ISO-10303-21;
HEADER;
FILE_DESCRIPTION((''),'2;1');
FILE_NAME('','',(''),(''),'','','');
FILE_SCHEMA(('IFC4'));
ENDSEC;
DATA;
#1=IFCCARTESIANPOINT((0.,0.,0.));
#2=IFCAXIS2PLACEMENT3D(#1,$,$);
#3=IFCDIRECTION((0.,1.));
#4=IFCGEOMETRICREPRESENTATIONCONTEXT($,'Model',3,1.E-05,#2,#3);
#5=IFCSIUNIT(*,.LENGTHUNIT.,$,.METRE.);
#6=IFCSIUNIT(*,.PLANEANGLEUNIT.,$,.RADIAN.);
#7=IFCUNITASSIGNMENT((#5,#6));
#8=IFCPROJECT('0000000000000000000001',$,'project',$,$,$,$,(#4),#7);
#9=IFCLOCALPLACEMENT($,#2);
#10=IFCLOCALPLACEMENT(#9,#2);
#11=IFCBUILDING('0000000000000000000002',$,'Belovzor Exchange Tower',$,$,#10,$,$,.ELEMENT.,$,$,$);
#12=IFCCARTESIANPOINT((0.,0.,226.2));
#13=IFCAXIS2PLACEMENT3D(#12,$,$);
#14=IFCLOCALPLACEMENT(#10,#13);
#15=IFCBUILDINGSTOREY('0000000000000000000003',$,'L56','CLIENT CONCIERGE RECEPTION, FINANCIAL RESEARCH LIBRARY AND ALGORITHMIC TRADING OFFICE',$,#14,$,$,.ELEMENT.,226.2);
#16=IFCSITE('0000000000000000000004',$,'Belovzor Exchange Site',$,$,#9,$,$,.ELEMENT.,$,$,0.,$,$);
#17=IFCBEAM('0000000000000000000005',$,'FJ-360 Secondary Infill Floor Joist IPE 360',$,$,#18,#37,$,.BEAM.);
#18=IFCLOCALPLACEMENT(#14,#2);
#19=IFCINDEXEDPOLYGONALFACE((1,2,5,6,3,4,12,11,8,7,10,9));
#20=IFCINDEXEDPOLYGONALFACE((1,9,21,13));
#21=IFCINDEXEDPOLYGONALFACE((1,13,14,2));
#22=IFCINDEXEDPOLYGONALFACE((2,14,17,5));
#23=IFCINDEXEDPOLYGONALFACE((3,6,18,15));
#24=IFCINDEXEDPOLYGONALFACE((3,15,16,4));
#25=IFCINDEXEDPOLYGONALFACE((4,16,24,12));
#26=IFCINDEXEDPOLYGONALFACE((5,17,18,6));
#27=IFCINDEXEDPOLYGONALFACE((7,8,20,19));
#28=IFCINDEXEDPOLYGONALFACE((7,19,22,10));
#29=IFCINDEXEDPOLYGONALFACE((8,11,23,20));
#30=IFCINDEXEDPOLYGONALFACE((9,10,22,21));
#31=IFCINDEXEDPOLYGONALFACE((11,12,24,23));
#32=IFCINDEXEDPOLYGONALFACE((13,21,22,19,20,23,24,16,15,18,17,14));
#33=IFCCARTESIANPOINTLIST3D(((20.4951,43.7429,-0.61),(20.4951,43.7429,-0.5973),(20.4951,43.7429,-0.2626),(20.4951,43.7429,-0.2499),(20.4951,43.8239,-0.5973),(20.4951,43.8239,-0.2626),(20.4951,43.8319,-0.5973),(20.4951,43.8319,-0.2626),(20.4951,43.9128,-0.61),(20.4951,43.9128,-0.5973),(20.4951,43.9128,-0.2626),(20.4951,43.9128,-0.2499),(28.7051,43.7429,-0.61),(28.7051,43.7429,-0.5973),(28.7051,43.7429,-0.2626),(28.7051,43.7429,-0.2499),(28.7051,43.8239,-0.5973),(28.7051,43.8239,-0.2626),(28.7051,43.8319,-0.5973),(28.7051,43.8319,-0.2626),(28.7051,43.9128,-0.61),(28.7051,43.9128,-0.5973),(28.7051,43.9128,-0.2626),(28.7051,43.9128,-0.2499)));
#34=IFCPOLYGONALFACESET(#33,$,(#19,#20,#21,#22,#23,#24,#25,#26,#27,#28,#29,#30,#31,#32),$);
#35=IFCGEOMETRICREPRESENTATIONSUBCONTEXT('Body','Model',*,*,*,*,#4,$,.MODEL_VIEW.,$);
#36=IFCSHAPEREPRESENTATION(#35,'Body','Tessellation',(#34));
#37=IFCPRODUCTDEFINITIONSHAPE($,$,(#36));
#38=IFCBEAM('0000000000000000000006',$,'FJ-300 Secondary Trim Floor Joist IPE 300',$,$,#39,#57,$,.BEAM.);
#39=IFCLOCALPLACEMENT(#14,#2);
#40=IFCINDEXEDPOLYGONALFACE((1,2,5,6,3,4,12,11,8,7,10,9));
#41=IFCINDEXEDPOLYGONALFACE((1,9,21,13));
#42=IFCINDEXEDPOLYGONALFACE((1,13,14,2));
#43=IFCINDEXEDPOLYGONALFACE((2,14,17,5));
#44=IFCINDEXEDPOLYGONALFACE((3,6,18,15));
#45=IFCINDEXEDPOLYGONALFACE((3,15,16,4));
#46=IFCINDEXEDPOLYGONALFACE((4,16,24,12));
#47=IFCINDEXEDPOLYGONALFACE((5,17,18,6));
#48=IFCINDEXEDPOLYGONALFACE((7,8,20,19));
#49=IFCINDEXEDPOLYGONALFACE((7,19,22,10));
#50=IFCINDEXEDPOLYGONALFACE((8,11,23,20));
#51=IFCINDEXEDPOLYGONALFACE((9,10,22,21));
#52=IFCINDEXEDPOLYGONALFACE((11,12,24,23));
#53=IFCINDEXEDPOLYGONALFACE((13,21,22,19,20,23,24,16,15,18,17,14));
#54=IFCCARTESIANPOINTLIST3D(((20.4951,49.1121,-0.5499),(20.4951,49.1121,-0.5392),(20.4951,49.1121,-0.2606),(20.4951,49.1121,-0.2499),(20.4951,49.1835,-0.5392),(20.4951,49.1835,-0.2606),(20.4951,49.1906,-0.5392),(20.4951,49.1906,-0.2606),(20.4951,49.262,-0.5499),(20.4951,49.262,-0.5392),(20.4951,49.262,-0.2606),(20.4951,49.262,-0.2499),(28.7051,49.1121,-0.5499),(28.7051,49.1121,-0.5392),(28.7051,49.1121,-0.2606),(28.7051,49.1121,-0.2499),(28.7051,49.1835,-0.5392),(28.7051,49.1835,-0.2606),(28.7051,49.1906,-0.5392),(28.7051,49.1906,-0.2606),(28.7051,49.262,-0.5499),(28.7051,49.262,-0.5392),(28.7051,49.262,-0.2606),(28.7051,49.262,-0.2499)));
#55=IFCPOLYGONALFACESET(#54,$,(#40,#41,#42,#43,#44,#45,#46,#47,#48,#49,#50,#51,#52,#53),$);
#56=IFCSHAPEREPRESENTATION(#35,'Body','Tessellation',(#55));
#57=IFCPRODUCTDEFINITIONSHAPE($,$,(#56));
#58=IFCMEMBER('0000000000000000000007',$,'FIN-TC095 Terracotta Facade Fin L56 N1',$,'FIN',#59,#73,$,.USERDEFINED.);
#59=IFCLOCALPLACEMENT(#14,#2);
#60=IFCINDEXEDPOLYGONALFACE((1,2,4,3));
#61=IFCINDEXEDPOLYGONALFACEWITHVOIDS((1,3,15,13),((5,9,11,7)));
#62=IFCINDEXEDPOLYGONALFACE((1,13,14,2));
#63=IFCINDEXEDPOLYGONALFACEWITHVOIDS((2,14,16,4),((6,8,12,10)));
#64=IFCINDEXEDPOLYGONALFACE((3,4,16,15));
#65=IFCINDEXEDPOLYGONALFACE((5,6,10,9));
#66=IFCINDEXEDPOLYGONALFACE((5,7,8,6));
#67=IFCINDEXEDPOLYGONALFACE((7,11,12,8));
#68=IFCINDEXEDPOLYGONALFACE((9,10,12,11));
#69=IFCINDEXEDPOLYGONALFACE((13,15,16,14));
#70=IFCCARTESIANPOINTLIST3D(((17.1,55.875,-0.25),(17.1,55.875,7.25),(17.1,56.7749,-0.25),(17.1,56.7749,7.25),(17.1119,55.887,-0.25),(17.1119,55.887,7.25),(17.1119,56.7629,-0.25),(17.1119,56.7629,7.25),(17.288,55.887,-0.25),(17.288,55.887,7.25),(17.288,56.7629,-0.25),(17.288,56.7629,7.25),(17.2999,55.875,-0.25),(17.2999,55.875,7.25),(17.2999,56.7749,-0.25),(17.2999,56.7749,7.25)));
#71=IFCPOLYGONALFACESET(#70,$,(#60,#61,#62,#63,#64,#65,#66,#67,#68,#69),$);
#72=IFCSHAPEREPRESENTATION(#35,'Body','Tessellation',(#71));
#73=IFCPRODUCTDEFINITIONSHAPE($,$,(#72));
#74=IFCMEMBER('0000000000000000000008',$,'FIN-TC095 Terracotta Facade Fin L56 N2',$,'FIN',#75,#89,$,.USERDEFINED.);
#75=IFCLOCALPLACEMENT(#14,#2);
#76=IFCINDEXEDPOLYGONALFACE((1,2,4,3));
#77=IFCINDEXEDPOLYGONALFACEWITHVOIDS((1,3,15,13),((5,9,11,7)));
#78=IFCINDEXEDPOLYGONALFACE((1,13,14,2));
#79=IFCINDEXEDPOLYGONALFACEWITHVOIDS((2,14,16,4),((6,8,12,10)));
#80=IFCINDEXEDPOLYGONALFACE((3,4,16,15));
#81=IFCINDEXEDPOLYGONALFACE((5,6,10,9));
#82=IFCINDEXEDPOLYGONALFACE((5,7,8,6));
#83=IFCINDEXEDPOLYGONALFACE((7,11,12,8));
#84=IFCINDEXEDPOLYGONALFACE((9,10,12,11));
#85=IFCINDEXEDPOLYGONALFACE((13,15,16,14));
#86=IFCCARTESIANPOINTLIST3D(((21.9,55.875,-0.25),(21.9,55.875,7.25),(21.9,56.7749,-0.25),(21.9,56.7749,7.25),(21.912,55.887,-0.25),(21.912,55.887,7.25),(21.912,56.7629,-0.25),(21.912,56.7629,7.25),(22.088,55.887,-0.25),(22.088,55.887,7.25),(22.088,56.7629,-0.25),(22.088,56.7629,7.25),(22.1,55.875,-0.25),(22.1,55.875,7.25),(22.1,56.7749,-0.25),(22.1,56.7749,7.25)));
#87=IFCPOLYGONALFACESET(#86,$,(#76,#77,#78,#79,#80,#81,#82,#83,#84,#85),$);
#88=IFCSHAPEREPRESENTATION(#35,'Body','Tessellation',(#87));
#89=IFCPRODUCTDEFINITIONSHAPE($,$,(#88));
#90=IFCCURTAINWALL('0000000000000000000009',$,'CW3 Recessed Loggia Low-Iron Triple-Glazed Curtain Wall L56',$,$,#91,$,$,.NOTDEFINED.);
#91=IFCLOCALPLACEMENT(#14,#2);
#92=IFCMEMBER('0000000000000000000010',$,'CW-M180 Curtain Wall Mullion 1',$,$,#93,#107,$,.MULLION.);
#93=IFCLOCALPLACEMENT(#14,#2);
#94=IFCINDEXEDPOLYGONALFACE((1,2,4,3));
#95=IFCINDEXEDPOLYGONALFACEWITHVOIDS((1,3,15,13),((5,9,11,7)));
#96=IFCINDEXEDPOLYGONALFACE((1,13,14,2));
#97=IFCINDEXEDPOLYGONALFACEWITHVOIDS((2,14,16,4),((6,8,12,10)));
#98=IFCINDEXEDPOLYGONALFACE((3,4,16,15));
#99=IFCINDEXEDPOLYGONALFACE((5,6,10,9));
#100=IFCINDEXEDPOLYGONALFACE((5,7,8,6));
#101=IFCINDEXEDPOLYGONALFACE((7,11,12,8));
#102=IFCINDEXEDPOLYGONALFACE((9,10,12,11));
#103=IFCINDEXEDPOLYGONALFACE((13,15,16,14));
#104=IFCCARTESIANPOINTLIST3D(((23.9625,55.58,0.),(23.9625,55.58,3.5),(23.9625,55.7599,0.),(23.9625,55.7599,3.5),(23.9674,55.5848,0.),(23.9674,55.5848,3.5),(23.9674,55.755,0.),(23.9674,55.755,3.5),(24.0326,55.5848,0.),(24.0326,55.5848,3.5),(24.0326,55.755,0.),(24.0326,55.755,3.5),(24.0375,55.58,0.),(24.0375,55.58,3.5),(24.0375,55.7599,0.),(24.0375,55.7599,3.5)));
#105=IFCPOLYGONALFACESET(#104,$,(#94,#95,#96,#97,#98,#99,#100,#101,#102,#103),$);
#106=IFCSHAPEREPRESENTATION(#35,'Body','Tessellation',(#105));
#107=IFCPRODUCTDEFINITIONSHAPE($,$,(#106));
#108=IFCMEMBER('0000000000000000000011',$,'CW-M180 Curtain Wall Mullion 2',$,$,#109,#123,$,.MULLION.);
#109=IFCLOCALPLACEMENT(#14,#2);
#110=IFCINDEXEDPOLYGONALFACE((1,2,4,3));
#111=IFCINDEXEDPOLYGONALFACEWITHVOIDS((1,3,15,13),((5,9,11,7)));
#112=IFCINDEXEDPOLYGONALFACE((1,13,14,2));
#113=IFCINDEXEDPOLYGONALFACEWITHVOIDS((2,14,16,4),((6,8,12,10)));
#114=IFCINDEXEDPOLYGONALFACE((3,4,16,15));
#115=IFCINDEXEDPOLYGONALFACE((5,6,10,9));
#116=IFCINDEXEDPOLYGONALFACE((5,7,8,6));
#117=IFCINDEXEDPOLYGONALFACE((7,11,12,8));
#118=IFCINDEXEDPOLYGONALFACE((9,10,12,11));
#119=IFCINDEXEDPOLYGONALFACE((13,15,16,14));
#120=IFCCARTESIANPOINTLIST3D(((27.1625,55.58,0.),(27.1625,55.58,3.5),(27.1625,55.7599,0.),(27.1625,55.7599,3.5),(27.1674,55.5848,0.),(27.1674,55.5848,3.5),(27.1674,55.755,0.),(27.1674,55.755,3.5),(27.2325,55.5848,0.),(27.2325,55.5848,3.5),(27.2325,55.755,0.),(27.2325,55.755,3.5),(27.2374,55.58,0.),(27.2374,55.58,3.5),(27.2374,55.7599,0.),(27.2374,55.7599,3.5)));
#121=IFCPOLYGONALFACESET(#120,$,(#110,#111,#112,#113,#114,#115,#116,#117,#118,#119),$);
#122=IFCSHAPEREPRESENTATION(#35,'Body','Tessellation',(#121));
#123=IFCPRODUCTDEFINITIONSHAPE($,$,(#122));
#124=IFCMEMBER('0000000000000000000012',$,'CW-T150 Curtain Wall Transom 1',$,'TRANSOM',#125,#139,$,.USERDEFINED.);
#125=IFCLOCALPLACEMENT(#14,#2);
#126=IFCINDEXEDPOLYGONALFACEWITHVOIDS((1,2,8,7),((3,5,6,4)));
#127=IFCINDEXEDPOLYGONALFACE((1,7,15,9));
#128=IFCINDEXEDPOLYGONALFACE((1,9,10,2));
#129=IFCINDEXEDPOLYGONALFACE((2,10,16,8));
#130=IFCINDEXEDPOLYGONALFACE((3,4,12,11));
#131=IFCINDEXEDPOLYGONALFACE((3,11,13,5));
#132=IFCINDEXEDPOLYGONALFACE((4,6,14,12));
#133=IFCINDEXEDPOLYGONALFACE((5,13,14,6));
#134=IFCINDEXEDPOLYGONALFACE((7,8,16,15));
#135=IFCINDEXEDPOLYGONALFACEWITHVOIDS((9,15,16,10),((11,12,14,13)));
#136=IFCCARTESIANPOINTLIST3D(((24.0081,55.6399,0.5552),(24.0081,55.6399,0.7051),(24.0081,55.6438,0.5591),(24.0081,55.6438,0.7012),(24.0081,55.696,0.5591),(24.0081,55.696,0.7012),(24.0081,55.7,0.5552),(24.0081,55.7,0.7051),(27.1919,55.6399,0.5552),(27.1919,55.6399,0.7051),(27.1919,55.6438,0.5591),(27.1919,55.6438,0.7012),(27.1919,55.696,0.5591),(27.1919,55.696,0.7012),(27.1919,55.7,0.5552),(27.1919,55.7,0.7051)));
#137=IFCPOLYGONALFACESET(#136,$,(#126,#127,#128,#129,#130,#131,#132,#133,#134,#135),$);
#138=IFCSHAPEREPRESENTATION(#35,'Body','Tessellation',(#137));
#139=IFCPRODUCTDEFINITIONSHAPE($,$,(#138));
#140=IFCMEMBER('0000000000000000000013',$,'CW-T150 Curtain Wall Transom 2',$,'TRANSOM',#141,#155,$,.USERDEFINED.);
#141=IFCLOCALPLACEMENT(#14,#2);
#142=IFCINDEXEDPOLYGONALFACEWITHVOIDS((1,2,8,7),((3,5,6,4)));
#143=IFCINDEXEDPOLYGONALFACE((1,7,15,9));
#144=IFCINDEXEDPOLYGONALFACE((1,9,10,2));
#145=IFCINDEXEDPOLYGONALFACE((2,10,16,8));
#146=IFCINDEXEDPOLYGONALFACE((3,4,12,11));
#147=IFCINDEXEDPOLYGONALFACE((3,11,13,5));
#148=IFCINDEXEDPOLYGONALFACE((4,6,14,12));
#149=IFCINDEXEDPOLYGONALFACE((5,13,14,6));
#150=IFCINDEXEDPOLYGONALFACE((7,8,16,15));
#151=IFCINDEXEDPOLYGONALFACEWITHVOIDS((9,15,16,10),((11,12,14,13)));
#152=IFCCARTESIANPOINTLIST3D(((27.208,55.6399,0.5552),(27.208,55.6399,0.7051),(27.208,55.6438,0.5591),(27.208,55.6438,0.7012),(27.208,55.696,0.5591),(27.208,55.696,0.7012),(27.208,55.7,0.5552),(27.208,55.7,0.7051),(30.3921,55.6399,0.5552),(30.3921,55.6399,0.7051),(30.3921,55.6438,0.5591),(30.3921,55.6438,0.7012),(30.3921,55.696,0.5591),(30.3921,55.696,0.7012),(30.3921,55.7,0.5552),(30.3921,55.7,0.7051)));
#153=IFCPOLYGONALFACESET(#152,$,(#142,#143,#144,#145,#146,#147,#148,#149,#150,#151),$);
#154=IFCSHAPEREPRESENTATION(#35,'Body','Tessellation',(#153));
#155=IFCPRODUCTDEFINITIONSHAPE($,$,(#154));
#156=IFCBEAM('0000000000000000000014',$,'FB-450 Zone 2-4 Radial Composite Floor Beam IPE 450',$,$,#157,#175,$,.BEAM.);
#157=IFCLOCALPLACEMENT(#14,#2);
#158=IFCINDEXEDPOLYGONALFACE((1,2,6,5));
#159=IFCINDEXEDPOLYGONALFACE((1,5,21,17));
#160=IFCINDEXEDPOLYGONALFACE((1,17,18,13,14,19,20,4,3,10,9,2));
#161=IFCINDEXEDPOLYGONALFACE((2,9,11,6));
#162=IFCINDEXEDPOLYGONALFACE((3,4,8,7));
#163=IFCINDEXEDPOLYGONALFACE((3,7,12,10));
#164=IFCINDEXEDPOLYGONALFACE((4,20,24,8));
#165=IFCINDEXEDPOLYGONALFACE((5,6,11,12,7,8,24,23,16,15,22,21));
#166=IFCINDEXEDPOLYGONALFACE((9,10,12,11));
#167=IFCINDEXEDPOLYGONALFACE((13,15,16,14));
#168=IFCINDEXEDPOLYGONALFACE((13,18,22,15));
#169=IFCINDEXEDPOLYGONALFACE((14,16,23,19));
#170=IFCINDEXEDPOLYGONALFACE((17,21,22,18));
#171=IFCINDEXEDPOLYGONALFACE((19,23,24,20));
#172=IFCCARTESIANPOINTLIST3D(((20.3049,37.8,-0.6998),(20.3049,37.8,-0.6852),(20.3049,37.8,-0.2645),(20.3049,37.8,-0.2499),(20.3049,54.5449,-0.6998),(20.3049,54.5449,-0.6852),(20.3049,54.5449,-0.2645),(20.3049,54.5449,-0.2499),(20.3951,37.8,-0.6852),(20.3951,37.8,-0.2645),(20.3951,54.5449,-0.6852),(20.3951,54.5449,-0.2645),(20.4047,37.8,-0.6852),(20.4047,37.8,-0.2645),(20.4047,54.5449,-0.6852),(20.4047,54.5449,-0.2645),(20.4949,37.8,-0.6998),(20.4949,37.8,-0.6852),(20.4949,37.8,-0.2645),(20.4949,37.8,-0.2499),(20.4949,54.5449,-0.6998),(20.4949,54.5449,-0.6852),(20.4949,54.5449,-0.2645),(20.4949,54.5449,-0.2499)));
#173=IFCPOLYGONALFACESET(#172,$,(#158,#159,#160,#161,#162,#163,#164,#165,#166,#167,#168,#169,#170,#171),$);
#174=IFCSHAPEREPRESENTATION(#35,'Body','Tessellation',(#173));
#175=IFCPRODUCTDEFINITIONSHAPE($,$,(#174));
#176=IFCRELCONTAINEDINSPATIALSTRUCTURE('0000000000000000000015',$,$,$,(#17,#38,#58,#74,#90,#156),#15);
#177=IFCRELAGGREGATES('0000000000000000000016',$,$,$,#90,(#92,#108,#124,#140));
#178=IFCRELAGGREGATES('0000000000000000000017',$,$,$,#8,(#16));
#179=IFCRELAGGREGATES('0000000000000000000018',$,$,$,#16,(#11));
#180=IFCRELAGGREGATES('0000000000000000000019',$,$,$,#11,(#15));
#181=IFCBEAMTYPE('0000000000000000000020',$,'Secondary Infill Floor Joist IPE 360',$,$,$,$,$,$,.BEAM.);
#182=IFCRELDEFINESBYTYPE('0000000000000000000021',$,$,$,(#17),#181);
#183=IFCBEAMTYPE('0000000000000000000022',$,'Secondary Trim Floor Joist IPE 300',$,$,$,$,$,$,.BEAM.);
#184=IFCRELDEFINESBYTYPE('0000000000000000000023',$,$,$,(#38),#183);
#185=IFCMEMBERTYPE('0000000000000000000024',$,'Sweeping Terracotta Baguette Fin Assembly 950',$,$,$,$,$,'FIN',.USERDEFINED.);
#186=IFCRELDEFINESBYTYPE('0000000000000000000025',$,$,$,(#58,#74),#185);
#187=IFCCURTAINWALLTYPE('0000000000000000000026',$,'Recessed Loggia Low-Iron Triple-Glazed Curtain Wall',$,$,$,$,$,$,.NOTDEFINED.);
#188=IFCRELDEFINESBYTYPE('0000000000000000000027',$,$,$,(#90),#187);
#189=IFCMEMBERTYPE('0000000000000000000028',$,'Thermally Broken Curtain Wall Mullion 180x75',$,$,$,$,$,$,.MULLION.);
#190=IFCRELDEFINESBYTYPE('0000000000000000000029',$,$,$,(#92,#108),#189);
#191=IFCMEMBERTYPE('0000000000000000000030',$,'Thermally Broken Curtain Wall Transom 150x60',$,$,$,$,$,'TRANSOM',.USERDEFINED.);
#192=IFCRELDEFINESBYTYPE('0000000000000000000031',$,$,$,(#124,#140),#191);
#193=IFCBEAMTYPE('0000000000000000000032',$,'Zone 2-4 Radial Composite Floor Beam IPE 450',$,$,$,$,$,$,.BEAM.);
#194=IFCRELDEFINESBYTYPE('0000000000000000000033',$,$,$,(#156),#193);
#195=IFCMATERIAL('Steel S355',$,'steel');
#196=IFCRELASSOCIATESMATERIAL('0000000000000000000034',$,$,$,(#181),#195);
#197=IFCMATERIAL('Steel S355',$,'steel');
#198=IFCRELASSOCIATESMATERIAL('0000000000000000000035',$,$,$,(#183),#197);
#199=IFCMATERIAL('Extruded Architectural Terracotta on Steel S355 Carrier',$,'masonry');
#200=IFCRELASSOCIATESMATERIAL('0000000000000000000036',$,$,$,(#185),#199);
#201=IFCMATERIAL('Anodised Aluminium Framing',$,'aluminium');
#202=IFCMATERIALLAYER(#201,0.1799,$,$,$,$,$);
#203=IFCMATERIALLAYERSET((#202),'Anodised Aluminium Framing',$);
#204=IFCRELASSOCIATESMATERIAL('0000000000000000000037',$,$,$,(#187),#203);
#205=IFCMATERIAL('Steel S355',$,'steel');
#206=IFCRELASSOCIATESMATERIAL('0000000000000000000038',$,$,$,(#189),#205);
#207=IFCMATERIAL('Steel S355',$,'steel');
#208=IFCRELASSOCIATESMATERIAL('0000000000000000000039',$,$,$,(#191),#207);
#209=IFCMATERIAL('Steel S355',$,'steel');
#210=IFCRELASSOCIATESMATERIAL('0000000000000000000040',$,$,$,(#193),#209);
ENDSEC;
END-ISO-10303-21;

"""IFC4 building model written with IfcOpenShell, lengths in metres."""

from ifc_helpers import new_model, si_unit, direction, frame, origin, origin_2d, place, context, subcontext, project, spatial, hollow_rectangle, i_section, extrude, material, layer, layer_set, material_profile, profile_set, type_object, element, aggregate, save


model = new_model("IFC4")

# Units and contexts
model_context = context("Model", 3, precision=1e-05, world=origin(), true_north=direction((0.0, 1.0)))
body_context = subcontext(model_context, "Body", "Model", "MODEL_VIEW")
ifc_project = project(units=[si_unit("LENGTHUNIT", "METRE"), si_unit("PLANEANGLEUNIT", "RADIAN")], contexts=[model_context])

# Site, building, storey
site_placement = place(None, origin())
site = spatial("IfcSite", under=ifc_project, at=site_placement, Name="Belovzor Exchange Site", CompositionType="ELEMENT", RefElevation=0.0)
building_placement = place(site_placement, origin())
building = spatial("IfcBuilding", under=site, at=building_placement, Name="Belovzor Exchange Tower", CompositionType="ELEMENT")
storey_placement = place(building_placement, frame((0.0, 0.0, 226.2)))
storey = spatial("IfcBuildingStorey", under=building, at=storey_placement, Name="L56", Description="CLIENT CONCIERGE RECEPTION, FINANCIAL RESEARCH LIBRARY AND ALGORITHMIC TRADING OFFICE", CompositionType="ELEMENT", Elevation=226.2)

# Beams
ifc_material_1 = material(Name="Steel S355", Category="steel")
ifc_material_profile_1 = material_profile(ifc_material_1, i_section(OverallWidth=0.1699, OverallDepth=0.3601, WebThickness=0.0081, FlangeThickness=0.0127, at=origin_2d()))
ifc_profile_set_1 = profile_set([ifc_material_profile_1], Name="Steel S355")
beam_type_1 = type_object("IfcBeamType", Name="Secondary Infill Floor Joist IPE 360", PredefinedType="BEAM", material=ifc_profile_set_1)
beam_1_placement = place(storey_placement, frame((20.4951, 43.8279, -0.4299), z_axis=(1.0, 0.0, 0.0), x_axis=(0.0, 1.0, 0.0)))
element("IfcBeam", 1, at=beam_1_placement, inside=storey, type_object=beam_type_1, Name="FJ-360 Secondary Infill Floor Joist IPE 360", PredefinedType="BEAM", context=body_context, shape_type="SweptSolid", body=[
    extrude(i_section(OverallWidth=0.1699, OverallDepth=0.3601, WebThickness=0.0081, FlangeThickness=0.0127, at=origin_2d()), origin(), (0.0, 0.0, 1.0), 8.21),
])
ifc_material_2 = material(Name="Steel S355", Category="steel")
ifc_material_profile_2 = material_profile(ifc_material_2, i_section(OverallWidth=0.1499, OverallDepth=0.3, WebThickness=0.0071, FlangeThickness=0.0107, at=origin_2d()))
ifc_profile_set_2 = profile_set([ifc_material_profile_2], Name="Steel S355")
beam_type_2 = type_object("IfcBeamType", Name="Secondary Trim Floor Joist IPE 300", PredefinedType="BEAM", material=ifc_profile_set_2)
beam_2_placement = place(storey_placement, frame((20.4951, 49.187, -0.3999), z_axis=(1.0, 0.0, 0.0), x_axis=(0.0, 1.0, 0.0)))
element("IfcBeam", 2, at=beam_2_placement, inside=storey, type_object=beam_type_2, Name="FJ-300 Secondary Trim Floor Joist IPE 300", PredefinedType="BEAM", context=body_context, shape_type="SweptSolid", body=[
    extrude(i_section(OverallWidth=0.1499, OverallDepth=0.3, WebThickness=0.0071, FlangeThickness=0.0107, at=origin_2d()), origin(), (0.0, 0.0, 1.0), 8.21),
])

# Members
ifc_material_3 = material(Name="Extruded Architectural Terracotta on Steel S355 Carrier", Category="masonry")
ifc_material_profile_3 = material_profile(ifc_material_3, hollow_rectangle(XDim=0.2, YDim=0.8999, WallThickness=0.012, at=origin_2d()))
ifc_profile_set_3 = profile_set([ifc_material_profile_3], Name="Extruded Architectural Terracotta on Steel S355 Carrier")
member_type_1 = type_object("IfcMemberType", Name="Sweeping Terracotta Baguette Fin Assembly 950", ElementType="FIN", PredefinedType="USERDEFINED", material=ifc_profile_set_3)
for number, where, z_axis, x_axis, name in (
    (3, (17.2, 56.325, -0.25), (0.0, 0.0, 1.0), (1.0, 0.0, 0.0), "FIN-TC095 Terracotta Facade Fin L56 N1"),
    (4, (22.0, 56.325, -0.25), (0.0, 0.0, 1.0), (1.0, 0.0, 0.0), "FIN-TC095 Terracotta Facade Fin L56 N2"),
):
    element("IfcMember", number, at=place(storey_placement, frame(where, z_axis=z_axis, x_axis=x_axis)), inside=storey, type_object=member_type_1, Name=name, ObjectType="FIN", PredefinedType="USERDEFINED", context=body_context, shape_type="SweptSolid", body=[
        extrude(hollow_rectangle(XDim=0.2, YDim=0.8999, WallThickness=0.012, at=origin_2d()), origin(), (0.0, 0.0, 1.0), 7.5),
    ])

# Curtain wall, members
ifc_material_4 = material(Name="Anodised Aluminium Framing", Category="aluminium")
ifc_layer_1 = layer(ifc_material_4, 0.1799)
ifc_layer_set_1 = layer_set([ifc_layer_1], Name="Anodised Aluminium Framing")
curtain_wall_type = type_object("IfcCurtainWallType", Name="Recessed Loggia Low-Iron Triple-Glazed Curtain Wall", PredefinedType="NOTDEFINED", material=ifc_layer_set_1)
curtain_wall_placement = place(storey_placement, origin())
curtain_wall = element("IfcCurtainWall", 5, at=curtain_wall_placement, inside=storey, type_object=curtain_wall_type, Name="CW3 Recessed Loggia Low-Iron Triple-Glazed Curtain Wall L56", PredefinedType="NOTDEFINED")
ifc_material_5 = material(Name="Steel S355", Category="steel")
ifc_material_profile_4 = material_profile(ifc_material_5, hollow_rectangle(XDim=0.075, YDim=0.1799, WallThickness=0.0049, at=origin_2d()))
ifc_profile_set_4 = profile_set([ifc_material_profile_4], Name="Steel S355")
member_type_2 = type_object("IfcMemberType", Name="Thermally Broken Curtain Wall Mullion 180x75", PredefinedType="MULLION", material=ifc_profile_set_4)
member_1_placement = place(storey_placement, frame((24.0, 55.6699, 0.0), z_axis=(0.0, 0.0, 1.0), x_axis=(1.0, 0.0, 0.0)))
member_1 = element("IfcMember", 6, at=member_1_placement, type_object=member_type_2, Name="CW-M180 Curtain Wall Mullion 1", PredefinedType="MULLION", context=body_context, shape_type="SweptSolid", body=[
    extrude(hollow_rectangle(XDim=0.075, YDim=0.1799, WallThickness=0.0049, at=origin_2d()), origin(), (0.0, 0.0, 1.0), 3.5),
])
member_2_placement = place(storey_placement, frame((27.2, 55.6699, 0.0), z_axis=(0.0, 0.0, 1.0), x_axis=(1.0, 0.0, 0.0)))
member_2 = element("IfcMember", 7, at=member_2_placement, type_object=member_type_2, Name="CW-M180 Curtain Wall Mullion 2", PredefinedType="MULLION", context=body_context, shape_type="SweptSolid", body=[
    extrude(hollow_rectangle(XDim=0.075, YDim=0.1799, WallThickness=0.0049, at=origin_2d()), origin(), (0.0, 0.0, 1.0), 3.5),
])
ifc_material_6 = material(Name="Steel S355", Category="steel")
ifc_material_profile_5 = material_profile(ifc_material_6, hollow_rectangle(XDim=0.0601, YDim=0.1499, WallThickness=0.0039, at=origin_2d()))
ifc_profile_set_5 = profile_set([ifc_material_profile_5], Name="Steel S355")
member_type_3 = type_object("IfcMemberType", Name="Thermally Broken Curtain Wall Transom 150x60", ElementType="TRANSOM", PredefinedType="USERDEFINED", material=ifc_profile_set_5)
member_3_placement = place(storey_placement, frame((24.0081, 55.6699, 0.6301), z_axis=(1.0, 0.0, 0.0), x_axis=(0.0, 1.0, 0.0)))
member_3 = element("IfcMember", 8, at=member_3_placement, type_object=member_type_3, Name="CW-T150 Curtain Wall Transom 1", ObjectType="TRANSOM", PredefinedType="USERDEFINED", context=body_context, shape_type="SweptSolid", body=[
    extrude(hollow_rectangle(XDim=0.0601, YDim=0.1499, WallThickness=0.0039, at=origin_2d()), origin(), (0.0, 0.0, 1.0), 3.1838),
])
member_4_placement = place(storey_placement, frame((27.208, 55.6699, 0.6301), z_axis=(1.0, 0.0, 0.0), x_axis=(0.0, 1.0, 0.0)))
member_4 = element("IfcMember", 9, at=member_4_placement, type_object=member_type_3, Name="CW-T150 Curtain Wall Transom 2", ObjectType="TRANSOM", PredefinedType="USERDEFINED", context=body_context, shape_type="SweptSolid", body=[
    extrude(hollow_rectangle(XDim=0.0601, YDim=0.1499, WallThickness=0.0039, at=origin_2d()), origin(), (0.0, 0.0, 1.0), 3.1841),
])

# Beam
ifc_material_7 = material(Name="Steel S355", Category="steel")
ifc_material_profile_6 = material_profile(ifc_material_7, i_section(OverallWidth=0.1899, OverallDepth=0.45, WebThickness=0.0095, FlangeThickness=0.0146, at=origin_2d()))
ifc_profile_set_6 = profile_set([ifc_material_profile_6], Name="Steel S355")
beam_type_3 = type_object("IfcBeamType", Name="Zone 2-4 Radial Composite Floor Beam IPE 450", PredefinedType="BEAM", material=ifc_profile_set_6)
beam_3_placement = place(storey_placement, frame((20.3999, 37.8, -0.4749), z_axis=(0.0, 1.0, 0.0), x_axis=(-1.0, 0.0, 0.0)))
element("IfcBeam", 10, at=beam_3_placement, inside=storey, type_object=beam_type_3, Name="FB-450 Zone 2-4 Radial Composite Floor Beam IPE 450", PredefinedType="BEAM", context=body_context, shape_type="SweptSolid", body=[
    extrude(i_section(OverallWidth=0.1899, OverallDepth=0.45, WebThickness=0.0095, FlangeThickness=0.0146, at=origin_2d()), origin(), (0.0, 0.0, 1.0), 16.7449),
])

aggregate(curtain_wall, [member_1, member_2, member_3, member_4])

save(model, "model.ifc")
